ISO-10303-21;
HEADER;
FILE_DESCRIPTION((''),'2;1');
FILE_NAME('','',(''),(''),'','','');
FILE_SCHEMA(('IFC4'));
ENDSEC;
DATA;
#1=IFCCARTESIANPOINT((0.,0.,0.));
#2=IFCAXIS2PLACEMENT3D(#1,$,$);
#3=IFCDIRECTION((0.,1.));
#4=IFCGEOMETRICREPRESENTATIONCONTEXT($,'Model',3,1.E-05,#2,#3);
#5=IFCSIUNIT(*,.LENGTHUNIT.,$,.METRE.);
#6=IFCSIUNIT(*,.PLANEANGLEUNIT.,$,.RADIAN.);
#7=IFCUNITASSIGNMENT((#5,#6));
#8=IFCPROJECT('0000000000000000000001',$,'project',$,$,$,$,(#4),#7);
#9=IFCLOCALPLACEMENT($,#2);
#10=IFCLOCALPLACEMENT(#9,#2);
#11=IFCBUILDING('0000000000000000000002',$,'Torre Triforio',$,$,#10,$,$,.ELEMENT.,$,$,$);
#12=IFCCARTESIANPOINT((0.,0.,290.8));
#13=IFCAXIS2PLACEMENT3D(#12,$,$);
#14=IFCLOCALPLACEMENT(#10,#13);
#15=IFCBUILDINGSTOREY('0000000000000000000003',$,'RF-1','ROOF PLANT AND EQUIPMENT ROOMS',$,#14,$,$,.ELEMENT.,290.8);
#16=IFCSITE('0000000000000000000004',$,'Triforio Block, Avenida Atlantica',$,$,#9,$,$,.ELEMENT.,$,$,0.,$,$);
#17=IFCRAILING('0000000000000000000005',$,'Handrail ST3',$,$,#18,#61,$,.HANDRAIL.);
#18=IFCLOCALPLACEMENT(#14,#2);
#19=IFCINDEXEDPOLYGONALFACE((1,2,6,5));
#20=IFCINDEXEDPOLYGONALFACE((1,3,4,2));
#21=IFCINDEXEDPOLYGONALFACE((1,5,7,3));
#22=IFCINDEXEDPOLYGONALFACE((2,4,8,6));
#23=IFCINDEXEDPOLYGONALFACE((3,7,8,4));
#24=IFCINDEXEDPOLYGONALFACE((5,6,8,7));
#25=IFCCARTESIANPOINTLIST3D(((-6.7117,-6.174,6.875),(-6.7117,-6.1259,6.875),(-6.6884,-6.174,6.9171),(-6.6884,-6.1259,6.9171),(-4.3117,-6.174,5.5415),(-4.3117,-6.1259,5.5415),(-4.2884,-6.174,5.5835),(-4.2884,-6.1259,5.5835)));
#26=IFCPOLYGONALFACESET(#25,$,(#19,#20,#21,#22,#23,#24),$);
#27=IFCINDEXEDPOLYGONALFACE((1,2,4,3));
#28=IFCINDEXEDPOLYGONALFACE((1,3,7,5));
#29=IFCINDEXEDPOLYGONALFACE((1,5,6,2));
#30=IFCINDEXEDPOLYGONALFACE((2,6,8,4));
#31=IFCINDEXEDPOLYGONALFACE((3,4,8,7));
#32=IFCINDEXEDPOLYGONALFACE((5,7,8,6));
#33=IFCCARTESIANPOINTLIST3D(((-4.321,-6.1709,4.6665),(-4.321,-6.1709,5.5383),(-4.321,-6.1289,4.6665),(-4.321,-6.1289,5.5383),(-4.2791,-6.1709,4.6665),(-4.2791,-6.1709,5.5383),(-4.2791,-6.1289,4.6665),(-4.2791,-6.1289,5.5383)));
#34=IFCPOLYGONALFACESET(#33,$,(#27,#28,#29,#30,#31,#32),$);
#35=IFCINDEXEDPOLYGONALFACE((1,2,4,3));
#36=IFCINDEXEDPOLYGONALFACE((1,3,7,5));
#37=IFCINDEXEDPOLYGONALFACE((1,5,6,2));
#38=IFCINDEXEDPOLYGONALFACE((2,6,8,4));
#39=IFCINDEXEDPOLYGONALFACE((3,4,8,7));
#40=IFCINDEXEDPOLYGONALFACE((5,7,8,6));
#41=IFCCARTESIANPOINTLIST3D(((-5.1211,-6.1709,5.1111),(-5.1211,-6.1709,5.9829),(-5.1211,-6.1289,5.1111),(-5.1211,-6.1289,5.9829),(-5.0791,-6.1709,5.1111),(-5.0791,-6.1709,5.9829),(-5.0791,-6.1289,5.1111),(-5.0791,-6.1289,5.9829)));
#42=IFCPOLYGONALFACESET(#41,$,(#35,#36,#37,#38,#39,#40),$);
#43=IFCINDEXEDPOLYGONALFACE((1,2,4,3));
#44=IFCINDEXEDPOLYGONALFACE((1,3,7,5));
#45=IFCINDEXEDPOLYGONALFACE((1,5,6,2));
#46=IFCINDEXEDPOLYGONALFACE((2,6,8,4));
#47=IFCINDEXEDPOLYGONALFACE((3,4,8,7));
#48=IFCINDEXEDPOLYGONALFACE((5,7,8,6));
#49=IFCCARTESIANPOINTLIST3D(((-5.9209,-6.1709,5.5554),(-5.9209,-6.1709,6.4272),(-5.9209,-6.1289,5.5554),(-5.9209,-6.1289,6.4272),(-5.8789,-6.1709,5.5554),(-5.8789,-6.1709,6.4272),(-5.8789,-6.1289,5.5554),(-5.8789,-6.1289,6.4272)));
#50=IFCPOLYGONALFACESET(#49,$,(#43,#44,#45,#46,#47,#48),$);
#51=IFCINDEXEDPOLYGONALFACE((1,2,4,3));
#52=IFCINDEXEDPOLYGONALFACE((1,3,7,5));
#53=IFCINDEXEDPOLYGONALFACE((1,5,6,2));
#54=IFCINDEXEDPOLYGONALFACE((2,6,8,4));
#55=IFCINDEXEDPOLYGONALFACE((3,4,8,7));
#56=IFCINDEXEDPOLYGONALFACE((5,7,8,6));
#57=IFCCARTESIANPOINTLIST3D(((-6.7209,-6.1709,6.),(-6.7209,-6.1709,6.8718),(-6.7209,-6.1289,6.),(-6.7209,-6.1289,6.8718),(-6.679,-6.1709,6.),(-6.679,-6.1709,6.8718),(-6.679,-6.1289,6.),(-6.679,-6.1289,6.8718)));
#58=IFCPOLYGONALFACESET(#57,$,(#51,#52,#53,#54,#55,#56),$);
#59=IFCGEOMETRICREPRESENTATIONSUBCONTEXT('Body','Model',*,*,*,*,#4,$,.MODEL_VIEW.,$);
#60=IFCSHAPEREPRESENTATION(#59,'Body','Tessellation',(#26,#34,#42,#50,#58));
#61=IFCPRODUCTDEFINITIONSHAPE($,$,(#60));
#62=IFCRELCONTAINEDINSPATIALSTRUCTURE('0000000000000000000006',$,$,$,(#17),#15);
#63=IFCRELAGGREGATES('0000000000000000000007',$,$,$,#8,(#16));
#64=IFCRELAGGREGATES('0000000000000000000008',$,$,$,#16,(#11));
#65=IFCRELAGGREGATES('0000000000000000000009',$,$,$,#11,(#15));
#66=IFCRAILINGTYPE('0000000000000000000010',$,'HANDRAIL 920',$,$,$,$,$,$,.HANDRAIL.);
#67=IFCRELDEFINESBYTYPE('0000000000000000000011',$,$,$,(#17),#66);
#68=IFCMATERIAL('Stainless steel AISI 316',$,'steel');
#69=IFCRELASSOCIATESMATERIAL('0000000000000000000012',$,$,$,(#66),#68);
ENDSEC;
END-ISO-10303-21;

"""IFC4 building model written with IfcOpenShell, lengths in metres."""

from ifc_helpers import new_model, si_unit, direction, frame, origin, origin_2d, place, context, subcontext, project, spatial, rectangle, extrude, material, type_object, element, save


model = new_model("IFC4")

# Units and contexts
model_context = context("Model", 3, precision=1e-05, world=origin(), true_north=direction((0.0, 1.0)))
body_context = subcontext(model_context, "Body", "Model", "MODEL_VIEW")
ifc_project = project(units=[si_unit("LENGTHUNIT", "METRE"), si_unit("PLANEANGLEUNIT", "RADIAN")], contexts=[model_context])

# Site, building, storey
site_placement = place(None, origin())
site = spatial("IfcSite", under=ifc_project, at=site_placement, Name="Triforio Block, Avenida Atlantica", CompositionType="ELEMENT", RefElevation=0.0)
building_placement = place(site_placement, origin())
building = spatial("IfcBuilding", under=site, at=building_placement, Name="Torre Triforio", CompositionType="ELEMENT")
storey_placement = place(building_placement, frame((0.0, 0.0, 290.8)))
storey = spatial("IfcBuildingStorey", under=building, at=storey_placement, Name="RF-1", Description="ROOF PLANT AND EQUIPMENT ROOMS", CompositionType="ELEMENT", Elevation=290.8)

# Railing
ifc_material_1 = material(Name="Stainless steel AISI 316", Category="steel")
railing_type = type_object("IfcRailingType", Name="HANDRAIL 920", PredefinedType="HANDRAIL", material=ifc_material_1)
for number, where, name in (
    (1, (-4.3, -6.1499, 4.6665), "Handrail ST3"),
):
    element("IfcRailing", number, at=place(storey_placement, frame(where)), inside=storey, type_object=railing_type, Name=name, PredefinedType="HANDRAIL", context=body_context, shape_type="SweptSolid", body=[
        extrude(rectangle(XDim=0.0481, YDim=0.0481, at=origin_2d()), frame((0.0, 0.0, 0.896), z_axis=(-0.874124, 0.0, 0.485703), x_axis=(0.0, -1.0, 0.0)), (0.0, 0.0, 1.0), 2.7456),
        extrude(rectangle(XDim=0.042, YDim=0.042, at=origin_2d()), origin(), (0.0, 0.0, 1.0), 0.8718),
        extrude(rectangle(XDim=0.042, YDim=0.042, at=origin_2d()), frame((-0.8, 0.0, 0.4446)), (0.0, 0.0, 1.0), 0.8718),
        extrude(rectangle(XDim=0.042, YDim=0.042, at=origin_2d()), frame((-1.5999, 0.0, 0.8889)), (0.0, 0.0, 1.0), 0.8718),
        extrude(rectangle(XDim=0.042, YDim=0.042, at=origin_2d()), frame((-2.3999, 0.0, 1.3335)), (0.0, 0.0, 1.0), 0.8718),
    ])

save(model, "model.ifc")
